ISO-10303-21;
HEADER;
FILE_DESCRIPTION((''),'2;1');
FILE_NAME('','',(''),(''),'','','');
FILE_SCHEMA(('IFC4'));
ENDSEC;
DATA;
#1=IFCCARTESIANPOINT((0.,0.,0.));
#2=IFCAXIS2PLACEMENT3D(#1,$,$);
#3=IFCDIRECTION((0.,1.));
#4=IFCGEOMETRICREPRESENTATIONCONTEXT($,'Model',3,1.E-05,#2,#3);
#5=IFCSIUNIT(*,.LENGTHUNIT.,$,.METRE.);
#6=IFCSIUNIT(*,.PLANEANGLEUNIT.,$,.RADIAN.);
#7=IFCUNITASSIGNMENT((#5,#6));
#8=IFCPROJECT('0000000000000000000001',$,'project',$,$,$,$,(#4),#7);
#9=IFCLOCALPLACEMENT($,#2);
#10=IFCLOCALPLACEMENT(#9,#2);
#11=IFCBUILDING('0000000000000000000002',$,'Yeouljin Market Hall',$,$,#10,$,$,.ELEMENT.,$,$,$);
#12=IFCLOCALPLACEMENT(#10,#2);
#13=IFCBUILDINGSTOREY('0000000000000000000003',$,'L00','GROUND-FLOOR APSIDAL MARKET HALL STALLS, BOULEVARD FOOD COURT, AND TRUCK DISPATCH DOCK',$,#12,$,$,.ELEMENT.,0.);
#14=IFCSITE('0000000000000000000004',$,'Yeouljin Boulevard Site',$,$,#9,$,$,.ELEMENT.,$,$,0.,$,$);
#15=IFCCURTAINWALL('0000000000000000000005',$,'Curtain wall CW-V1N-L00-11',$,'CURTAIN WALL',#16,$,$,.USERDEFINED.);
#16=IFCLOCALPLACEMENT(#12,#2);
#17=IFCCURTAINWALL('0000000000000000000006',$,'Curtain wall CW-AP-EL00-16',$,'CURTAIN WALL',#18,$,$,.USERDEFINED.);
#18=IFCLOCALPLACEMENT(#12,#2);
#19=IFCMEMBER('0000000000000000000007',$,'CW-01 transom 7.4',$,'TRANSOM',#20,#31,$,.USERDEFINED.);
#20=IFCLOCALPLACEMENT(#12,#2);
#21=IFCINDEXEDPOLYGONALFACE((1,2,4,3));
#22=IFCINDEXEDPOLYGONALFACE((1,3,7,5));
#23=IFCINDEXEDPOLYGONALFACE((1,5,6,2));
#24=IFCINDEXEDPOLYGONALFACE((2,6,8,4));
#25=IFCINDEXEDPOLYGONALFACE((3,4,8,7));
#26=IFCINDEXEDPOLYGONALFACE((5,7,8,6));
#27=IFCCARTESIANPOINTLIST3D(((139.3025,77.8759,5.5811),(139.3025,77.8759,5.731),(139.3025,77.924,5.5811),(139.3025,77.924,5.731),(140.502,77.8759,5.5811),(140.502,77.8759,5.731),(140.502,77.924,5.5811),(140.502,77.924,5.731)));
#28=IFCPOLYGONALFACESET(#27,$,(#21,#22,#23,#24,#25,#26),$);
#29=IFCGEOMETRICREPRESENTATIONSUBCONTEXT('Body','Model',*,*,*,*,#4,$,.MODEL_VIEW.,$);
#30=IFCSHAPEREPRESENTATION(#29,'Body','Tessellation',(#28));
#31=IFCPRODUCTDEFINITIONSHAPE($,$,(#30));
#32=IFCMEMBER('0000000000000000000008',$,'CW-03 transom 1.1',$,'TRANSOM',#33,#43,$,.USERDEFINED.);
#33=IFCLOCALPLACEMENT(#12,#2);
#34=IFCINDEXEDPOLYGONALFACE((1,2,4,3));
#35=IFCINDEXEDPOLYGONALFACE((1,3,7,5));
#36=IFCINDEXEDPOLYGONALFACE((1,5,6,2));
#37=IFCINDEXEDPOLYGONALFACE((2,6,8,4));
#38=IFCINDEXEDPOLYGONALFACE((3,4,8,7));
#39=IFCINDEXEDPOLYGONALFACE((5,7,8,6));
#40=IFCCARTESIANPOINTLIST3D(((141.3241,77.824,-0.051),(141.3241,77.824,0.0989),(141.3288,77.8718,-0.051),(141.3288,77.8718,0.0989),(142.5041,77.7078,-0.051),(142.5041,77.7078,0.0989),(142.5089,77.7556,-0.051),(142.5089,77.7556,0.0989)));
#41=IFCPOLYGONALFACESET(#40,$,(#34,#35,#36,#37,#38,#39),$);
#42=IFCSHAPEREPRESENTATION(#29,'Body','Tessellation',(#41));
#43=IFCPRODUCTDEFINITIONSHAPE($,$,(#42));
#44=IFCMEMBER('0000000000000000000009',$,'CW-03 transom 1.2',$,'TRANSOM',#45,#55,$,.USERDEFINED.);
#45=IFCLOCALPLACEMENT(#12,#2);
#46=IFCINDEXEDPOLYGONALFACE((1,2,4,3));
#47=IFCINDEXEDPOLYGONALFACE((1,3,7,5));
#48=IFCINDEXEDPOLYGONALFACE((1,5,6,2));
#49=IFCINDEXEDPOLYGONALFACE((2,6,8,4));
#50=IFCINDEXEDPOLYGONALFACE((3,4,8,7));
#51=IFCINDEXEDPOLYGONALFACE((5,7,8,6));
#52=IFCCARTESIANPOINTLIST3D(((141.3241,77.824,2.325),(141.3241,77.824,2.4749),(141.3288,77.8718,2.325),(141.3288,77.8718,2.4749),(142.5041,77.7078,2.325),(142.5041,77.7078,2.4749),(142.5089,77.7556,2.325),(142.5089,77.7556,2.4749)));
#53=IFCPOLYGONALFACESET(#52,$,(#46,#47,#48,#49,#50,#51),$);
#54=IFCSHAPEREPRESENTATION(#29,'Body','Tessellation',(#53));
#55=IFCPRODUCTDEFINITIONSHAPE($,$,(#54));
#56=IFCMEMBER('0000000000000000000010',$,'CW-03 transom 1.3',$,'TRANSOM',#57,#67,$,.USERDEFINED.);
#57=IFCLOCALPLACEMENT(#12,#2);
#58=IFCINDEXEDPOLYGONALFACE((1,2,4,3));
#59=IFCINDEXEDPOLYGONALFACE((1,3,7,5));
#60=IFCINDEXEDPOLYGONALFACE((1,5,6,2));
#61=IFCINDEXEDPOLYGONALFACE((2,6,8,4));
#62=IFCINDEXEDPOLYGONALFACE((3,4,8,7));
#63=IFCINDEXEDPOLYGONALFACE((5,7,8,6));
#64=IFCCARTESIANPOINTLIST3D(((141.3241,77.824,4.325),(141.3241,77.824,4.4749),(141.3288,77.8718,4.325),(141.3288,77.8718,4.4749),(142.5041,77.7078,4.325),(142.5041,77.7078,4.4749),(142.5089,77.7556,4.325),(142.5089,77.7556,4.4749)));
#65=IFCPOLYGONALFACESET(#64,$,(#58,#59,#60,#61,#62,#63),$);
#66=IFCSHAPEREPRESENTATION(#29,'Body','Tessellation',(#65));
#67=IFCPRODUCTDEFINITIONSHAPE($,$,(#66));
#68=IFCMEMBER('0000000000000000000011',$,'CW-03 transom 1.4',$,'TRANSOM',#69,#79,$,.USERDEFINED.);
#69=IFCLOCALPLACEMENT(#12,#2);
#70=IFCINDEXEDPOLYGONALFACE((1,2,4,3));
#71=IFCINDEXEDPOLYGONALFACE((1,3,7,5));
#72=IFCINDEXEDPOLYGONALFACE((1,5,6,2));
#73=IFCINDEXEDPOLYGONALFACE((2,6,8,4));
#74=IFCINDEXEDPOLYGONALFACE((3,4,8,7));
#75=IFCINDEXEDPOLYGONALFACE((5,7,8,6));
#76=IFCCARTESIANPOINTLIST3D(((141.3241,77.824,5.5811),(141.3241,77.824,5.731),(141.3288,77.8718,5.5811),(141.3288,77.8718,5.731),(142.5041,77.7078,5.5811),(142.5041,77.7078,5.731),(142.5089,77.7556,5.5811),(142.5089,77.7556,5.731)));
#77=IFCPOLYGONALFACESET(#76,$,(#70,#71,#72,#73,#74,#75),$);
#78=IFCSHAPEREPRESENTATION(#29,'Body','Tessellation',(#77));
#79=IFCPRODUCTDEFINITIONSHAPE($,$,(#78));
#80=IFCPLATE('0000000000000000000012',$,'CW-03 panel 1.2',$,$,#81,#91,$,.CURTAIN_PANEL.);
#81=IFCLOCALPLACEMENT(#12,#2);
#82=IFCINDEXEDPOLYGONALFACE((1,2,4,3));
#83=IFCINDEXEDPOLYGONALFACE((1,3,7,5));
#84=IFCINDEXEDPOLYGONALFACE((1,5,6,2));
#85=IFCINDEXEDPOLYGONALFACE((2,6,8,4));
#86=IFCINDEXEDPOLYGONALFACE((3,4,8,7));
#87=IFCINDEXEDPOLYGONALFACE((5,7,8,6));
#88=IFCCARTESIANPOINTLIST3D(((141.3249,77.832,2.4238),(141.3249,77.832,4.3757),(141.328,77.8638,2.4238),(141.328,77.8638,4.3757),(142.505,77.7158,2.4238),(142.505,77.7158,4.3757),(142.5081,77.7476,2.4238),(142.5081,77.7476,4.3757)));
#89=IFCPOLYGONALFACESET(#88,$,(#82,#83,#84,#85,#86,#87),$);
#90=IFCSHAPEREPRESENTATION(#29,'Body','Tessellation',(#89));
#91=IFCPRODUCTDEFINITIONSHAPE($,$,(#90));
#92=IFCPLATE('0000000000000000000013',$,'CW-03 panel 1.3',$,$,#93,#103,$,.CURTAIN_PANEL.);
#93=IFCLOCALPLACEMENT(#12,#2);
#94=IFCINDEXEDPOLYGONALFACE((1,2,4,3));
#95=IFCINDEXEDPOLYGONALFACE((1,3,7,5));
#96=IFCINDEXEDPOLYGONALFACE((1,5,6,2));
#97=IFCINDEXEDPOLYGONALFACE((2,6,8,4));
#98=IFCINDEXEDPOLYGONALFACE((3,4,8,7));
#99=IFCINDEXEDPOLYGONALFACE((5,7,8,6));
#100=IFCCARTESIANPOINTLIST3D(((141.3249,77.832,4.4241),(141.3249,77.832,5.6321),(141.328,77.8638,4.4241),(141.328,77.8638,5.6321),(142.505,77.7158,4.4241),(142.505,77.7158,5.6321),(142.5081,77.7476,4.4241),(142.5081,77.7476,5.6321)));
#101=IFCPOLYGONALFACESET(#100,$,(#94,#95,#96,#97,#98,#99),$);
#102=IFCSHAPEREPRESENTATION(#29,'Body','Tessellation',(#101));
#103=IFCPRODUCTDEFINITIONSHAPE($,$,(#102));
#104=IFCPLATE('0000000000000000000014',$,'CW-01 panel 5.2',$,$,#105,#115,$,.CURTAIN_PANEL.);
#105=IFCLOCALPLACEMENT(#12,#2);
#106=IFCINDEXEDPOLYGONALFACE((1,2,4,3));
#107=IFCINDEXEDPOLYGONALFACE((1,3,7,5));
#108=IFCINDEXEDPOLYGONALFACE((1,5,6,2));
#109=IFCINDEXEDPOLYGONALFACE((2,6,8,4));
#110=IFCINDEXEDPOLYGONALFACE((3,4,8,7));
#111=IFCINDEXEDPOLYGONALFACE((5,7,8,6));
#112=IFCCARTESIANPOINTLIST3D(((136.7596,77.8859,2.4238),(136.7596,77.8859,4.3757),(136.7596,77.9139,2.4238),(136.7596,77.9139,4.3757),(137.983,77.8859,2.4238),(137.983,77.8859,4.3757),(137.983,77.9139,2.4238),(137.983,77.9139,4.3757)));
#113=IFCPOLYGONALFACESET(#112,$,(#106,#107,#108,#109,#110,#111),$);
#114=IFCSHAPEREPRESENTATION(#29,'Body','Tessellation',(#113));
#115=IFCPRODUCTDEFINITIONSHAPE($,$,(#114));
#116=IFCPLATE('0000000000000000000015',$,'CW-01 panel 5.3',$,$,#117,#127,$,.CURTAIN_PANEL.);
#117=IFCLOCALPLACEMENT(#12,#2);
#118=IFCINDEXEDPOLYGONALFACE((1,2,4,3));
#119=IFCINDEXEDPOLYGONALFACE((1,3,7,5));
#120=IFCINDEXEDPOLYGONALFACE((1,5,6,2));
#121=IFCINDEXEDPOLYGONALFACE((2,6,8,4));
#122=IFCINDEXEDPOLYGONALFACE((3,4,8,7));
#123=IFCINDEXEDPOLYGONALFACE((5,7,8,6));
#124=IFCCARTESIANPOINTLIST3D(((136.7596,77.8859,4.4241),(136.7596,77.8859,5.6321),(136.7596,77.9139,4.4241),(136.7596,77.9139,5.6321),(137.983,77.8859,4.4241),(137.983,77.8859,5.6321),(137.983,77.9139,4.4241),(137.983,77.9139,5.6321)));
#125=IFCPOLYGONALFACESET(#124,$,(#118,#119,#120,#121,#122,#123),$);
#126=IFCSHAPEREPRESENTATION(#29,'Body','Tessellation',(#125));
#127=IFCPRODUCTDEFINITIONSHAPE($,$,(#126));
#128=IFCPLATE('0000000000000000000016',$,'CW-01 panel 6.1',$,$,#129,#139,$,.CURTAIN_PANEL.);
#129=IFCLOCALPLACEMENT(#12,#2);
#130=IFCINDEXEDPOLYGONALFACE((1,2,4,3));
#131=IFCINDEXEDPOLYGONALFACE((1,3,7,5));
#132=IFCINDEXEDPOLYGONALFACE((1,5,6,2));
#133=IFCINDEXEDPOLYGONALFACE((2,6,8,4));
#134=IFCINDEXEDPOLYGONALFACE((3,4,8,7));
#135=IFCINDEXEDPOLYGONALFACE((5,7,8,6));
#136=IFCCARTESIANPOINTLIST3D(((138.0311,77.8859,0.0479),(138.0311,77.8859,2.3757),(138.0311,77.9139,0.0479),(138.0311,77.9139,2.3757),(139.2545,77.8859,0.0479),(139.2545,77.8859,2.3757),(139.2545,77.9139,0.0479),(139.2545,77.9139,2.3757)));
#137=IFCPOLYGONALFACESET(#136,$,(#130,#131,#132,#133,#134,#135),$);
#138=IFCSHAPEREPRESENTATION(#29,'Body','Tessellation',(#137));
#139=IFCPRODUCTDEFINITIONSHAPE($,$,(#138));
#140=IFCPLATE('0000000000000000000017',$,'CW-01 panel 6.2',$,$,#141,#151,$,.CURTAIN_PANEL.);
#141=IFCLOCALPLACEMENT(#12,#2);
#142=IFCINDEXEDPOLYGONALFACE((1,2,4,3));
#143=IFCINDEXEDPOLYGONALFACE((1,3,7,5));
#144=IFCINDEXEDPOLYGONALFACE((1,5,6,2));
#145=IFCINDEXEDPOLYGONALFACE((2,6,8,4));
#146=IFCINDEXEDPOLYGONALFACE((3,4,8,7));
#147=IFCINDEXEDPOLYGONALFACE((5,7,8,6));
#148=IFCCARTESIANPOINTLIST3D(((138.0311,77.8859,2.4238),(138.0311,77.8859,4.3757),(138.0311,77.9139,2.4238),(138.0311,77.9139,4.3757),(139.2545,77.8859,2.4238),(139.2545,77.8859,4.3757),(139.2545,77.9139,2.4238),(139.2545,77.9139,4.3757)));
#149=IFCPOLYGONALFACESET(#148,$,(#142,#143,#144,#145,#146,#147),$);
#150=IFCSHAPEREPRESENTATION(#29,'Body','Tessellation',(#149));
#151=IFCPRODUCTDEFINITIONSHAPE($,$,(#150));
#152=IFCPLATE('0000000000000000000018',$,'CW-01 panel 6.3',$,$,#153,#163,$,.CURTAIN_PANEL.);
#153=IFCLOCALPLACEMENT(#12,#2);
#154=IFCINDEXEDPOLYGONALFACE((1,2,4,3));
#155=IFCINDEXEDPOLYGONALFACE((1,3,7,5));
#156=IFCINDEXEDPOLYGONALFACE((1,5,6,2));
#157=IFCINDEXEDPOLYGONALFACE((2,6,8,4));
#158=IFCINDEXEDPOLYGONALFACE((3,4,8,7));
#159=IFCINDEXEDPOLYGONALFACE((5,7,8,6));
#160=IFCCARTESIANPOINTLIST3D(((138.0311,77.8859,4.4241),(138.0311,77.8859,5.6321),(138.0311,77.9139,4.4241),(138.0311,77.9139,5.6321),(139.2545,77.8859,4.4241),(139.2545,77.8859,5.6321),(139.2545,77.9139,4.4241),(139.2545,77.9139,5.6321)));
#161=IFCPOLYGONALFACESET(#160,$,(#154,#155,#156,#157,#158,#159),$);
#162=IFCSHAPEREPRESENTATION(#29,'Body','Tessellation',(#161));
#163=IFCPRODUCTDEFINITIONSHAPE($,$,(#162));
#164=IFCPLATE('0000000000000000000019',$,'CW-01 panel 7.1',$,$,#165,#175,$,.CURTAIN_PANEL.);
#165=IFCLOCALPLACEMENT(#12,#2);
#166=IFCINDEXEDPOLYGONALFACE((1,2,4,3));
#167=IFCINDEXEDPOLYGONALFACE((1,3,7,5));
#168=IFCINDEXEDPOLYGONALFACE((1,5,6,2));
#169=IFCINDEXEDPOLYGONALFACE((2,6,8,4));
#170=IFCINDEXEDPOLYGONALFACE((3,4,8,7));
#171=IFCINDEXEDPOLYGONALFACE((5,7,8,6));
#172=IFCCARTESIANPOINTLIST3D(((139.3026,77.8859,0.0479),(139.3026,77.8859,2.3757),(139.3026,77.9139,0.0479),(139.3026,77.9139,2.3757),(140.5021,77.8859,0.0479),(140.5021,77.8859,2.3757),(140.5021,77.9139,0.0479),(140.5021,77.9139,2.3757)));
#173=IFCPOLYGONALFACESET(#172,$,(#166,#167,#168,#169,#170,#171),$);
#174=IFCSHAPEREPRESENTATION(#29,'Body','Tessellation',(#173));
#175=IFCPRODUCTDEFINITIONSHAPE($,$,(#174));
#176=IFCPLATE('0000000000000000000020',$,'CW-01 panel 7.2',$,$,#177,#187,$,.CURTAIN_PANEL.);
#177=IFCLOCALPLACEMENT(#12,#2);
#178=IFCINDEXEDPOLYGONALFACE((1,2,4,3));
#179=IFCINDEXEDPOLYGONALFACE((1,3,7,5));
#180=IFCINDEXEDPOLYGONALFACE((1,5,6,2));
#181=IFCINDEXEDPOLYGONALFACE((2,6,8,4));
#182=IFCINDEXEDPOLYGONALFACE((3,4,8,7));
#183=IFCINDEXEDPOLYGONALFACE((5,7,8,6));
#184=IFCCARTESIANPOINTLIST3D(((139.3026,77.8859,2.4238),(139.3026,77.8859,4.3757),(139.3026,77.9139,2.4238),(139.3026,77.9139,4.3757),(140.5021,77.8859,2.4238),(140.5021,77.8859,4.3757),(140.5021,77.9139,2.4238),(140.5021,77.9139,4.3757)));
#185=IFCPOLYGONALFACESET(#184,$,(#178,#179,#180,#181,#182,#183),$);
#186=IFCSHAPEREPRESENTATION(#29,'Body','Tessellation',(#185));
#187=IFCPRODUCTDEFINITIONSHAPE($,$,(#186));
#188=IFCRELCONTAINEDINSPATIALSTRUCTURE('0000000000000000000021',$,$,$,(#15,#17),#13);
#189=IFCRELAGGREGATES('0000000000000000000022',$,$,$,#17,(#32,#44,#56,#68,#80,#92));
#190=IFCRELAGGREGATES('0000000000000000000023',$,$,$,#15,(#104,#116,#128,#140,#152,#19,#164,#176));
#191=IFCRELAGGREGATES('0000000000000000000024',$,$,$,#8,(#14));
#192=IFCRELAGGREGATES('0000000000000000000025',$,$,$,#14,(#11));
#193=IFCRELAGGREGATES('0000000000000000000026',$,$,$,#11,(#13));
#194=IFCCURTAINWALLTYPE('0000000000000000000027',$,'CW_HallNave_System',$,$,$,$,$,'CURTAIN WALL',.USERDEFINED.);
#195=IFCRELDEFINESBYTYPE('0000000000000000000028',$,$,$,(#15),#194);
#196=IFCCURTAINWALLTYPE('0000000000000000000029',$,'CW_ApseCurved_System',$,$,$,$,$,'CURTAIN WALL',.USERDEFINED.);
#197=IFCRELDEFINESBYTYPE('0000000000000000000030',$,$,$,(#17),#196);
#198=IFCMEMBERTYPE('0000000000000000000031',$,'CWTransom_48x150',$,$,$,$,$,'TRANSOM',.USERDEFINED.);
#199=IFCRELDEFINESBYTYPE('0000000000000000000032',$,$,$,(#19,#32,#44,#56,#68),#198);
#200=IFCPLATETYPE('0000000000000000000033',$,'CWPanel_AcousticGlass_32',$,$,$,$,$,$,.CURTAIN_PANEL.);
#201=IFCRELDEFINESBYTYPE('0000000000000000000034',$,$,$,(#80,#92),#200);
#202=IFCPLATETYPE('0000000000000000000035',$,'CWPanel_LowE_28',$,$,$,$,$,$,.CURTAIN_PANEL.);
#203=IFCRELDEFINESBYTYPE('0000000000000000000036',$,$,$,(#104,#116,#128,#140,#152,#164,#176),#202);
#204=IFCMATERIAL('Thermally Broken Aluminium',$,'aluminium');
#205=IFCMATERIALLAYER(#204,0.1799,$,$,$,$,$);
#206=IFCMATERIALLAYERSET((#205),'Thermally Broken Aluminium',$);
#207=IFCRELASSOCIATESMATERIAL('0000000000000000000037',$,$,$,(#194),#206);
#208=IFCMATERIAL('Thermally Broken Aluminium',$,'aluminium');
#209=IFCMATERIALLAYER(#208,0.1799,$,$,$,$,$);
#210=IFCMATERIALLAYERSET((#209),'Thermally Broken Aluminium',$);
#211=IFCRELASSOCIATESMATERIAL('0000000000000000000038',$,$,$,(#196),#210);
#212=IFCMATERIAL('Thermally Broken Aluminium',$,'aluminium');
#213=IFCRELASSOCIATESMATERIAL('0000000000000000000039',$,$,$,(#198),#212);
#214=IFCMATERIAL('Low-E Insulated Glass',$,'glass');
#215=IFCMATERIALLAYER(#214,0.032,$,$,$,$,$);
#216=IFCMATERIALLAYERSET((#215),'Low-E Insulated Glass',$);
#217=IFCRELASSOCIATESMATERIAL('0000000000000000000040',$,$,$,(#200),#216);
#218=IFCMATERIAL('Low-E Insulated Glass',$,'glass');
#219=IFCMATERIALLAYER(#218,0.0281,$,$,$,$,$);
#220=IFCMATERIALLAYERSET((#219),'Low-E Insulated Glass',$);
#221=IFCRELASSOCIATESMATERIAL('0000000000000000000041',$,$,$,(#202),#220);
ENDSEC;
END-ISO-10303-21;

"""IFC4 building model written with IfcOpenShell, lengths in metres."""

from ifc_helpers import new_model, si_unit, direction, frame, origin, origin_2d, place, context, subcontext, project, spatial, rectangle, extrude, material, layer, layer_set, material_profile, profile_set, type_object, element, aggregate, save


model = new_model("IFC4")

# Units and contexts
model_context = context("Model", 3, precision=1e-05, world=origin(), true_north=direction((0.0, 1.0)))
body_context = subcontext(model_context, "Body", "Model", "MODEL_VIEW")
ifc_project = project(units=[si_unit("LENGTHUNIT", "METRE"), si_unit("PLANEANGLEUNIT", "RADIAN")], contexts=[model_context])

# Site, building, storey
site_placement = place(None, origin())
site = spatial("IfcSite", under=ifc_project, at=site_placement, Name="Yeouljin Boulevard Site", CompositionType="ELEMENT", RefElevation=0.0)
building_placement = place(site_placement, origin())
building = spatial("IfcBuilding", under=site, at=building_placement, Name="Yeouljin Market Hall", CompositionType="ELEMENT")
storey_placement = place(building_placement, origin())
storey = spatial("IfcBuildingStorey", under=building, at=storey_placement, Name="L00", Description="GROUND-FLOOR APSIDAL MARKET HALL STALLS, BOULEVARD FOOD COURT, AND TRUCK DISPATCH DOCK", CompositionType="ELEMENT", Elevation=0.0)

# Curtain wall
ifc_material_1 = material(Name="Thermally Broken Aluminium", Category="aluminium")
ifc_layer_1 = layer(ifc_material_1, 0.1799)
ifc_layer_set_1 = layer_set([ifc_layer_1], Name="Thermally Broken Aluminium")
curtain_wall_type_1 = type_object("IfcCurtainWallType", Name="CW_HallNave_System", ElementType="CURTAIN WALL", PredefinedType="USERDEFINED", material=ifc_layer_set_1)
curtain_wall_1_placement = place(storey_placement, origin())
curtain_wall_1 = element("IfcCurtainWall", 1, at=curtain_wall_1_placement, inside=storey, type_object=curtain_wall_type_1, Name="Curtain wall CW-V1N-L00-11", ObjectType="CURTAIN WALL", PredefinedType="USERDEFINED")

# Curtain wall
ifc_material_2 = material(Name="Thermally Broken Aluminium", Category="aluminium")
ifc_layer_2 = layer(ifc_material_2, 0.1799)
ifc_layer_set_2 = layer_set([ifc_layer_2], Name="Thermally Broken Aluminium")
curtain_wall_type_2 = type_object("IfcCurtainWallType", Name="CW_ApseCurved_System", ElementType="CURTAIN WALL", PredefinedType="USERDEFINED", material=ifc_layer_set_2)
curtain_wall_2_placement = place(storey_placement, origin())
curtain_wall_2 = element("IfcCurtainWall", 2, at=curtain_wall_2_placement, inside=storey, type_object=curtain_wall_type_2, Name="Curtain wall CW-AP-EL00-16", ObjectType="CURTAIN WALL", PredefinedType="USERDEFINED")

# Members
ifc_material_3 = material(Name="Thermally Broken Aluminium", Category="aluminium")
ifc_material_profile_1 = material_profile(ifc_material_3, rectangle(XDim=0.0481, YDim=0.1499, at=origin_2d()), Name="CW-TRAN-48x150")
ifc_profile_set_1 = profile_set([ifc_material_profile_1], Name="Thermally Broken Aluminium")
member_type_1 = type_object("IfcMemberType", Name="CWTransom_48x150", ElementType="TRANSOM", PredefinedType="USERDEFINED", material=ifc_profile_set_1)
member_1_placement = place(storey_placement, frame((139.3025, 77.8999, 5.656), z_axis=(1.0, 0.0, 0.0), x_axis=(0.0, 1.0, 0.0)))
member_1 = element("IfcMember", 3, at=member_1_placement, type_object=member_type_1, Name="CW-01 transom 7.4", ObjectType="TRANSOM", PredefinedType="USERDEFINED", context=body_context, shape_type="SweptSolid", body=[
    extrude(rectangle(XDim=0.0481, YDim=0.1499, at=origin_2d()), origin(), (0.0, 0.0, 1.0), 1.1995),
])
member_2_placement = place(storey_placement, frame((141.3264, 77.8479, 0.0239), z_axis=(0.995187, -0.097995, 0.0), x_axis=(0.097995, 0.995187, 0.0)))
member_2 = element("IfcMember", 4, at=member_2_placement, type_object=member_type_1, Name="CW-03 transom 1.1", ObjectType="TRANSOM", PredefinedType="USERDEFINED", context=body_context, shape_type="SweptSolid", body=[
    extrude(rectangle(XDim=0.0481, YDim=0.1499, at=origin_2d()), origin(), (0.0, 0.0, 1.0), 1.1858),
])
member_3_placement = place(storey_placement, frame((141.3264, 77.8479, 2.3999), z_axis=(0.995187, -0.097995, 0.0), x_axis=(0.097995, 0.995187, 0.0)))
member_3 = element("IfcMember", 5, at=member_3_placement, type_object=member_type_1, Name="CW-03 transom 1.2", ObjectType="TRANSOM", PredefinedType="USERDEFINED", context=body_context, shape_type="SweptSolid", body=[
    extrude(rectangle(XDim=0.0481, YDim=0.1499, at=origin_2d()), origin(), (0.0, 0.0, 1.0), 1.1858),
])
member_4_placement = place(storey_placement, frame((141.3264, 77.8479, 4.3999), z_axis=(0.995187, -0.097995, 0.0), x_axis=(0.097995, 0.995187, 0.0)))
member_4 = element("IfcMember", 6, at=member_4_placement, type_object=member_type_1, Name="CW-03 transom 1.3", ObjectType="TRANSOM", PredefinedType="USERDEFINED", context=body_context, shape_type="SweptSolid", body=[
    extrude(rectangle(XDim=0.0481, YDim=0.1499, at=origin_2d()), origin(), (0.0, 0.0, 1.0), 1.1858),
])
member_5_placement = place(storey_placement, frame((141.3264, 77.8479, 5.656), z_axis=(0.995187, -0.097995, 0.0), x_axis=(0.097995, 0.995187, 0.0)))
member_5 = element("IfcMember", 7, at=member_5_placement, type_object=member_type_1, Name="CW-03 transom 1.4", ObjectType="TRANSOM", PredefinedType="USERDEFINED", context=body_context, shape_type="SweptSolid", body=[
    extrude(rectangle(XDim=0.0481, YDim=0.1499, at=origin_2d()), origin(), (0.0, 0.0, 1.0), 1.1858),
])

# Plates
ifc_material_4 = material(Name="Low-E Insulated Glass", Category="glass")
ifc_layer_3 = layer(ifc_material_4, 0.032)
ifc_layer_set_3 = layer_set([ifc_layer_3], Name="Low-E Insulated Glass")
plate_type_1 = type_object("IfcPlateType", Name="CWPanel_AcousticGlass_32", PredefinedType="CURTAIN_PANEL", material=ifc_layer_set_3)
plate_1_placement = place(storey_placement, frame((141.9165, 77.7898, 2.4238), z_axis=(0.0, 0.0, 1.0), x_axis=(0.995183, -0.098034, 0.0)))
plate_1 = element("IfcPlate", 8, at=plate_1_placement, type_object=plate_type_1, Name="CW-03 panel 1.2", PredefinedType="CURTAIN_PANEL", context=body_context, shape_type="SweptSolid", body=[
    extrude(rectangle(XDim=1.1858, YDim=0.032, at=origin_2d()), origin(), (0.0, 0.0, 1.0), 1.9519),
])
plate_2_placement = place(storey_placement, frame((141.9165, 77.7898, 4.4241), z_axis=(0.0, 0.0, 1.0), x_axis=(0.995183, -0.098034, 0.0)))
plate_2 = element("IfcPlate", 9, at=plate_2_placement, type_object=plate_type_1, Name="CW-03 panel 1.3", PredefinedType="CURTAIN_PANEL", context=body_context, shape_type="SweptSolid", body=[
    extrude(rectangle(XDim=1.1858, YDim=0.032, at=origin_2d()), origin(), (0.0, 0.0, 1.0), 1.208),
])
aggregate(curtain_wall_2, [member_2, member_3, member_4, member_5, plate_1, plate_2])
ifc_material_5 = material(Name="Low-E Insulated Glass", Category="glass")
ifc_layer_4 = layer(ifc_material_5, 0.0281)
ifc_layer_set_4 = layer_set([ifc_layer_4], Name="Low-E Insulated Glass")
plate_type_2 = type_object("IfcPlateType", Name="CWPanel_LowE_28", PredefinedType="CURTAIN_PANEL", material=ifc_layer_set_4)
plate_3_placement = place(storey_placement, frame((137.3713, 77.8999, 2.4238), z_axis=(0.0, 0.0, 1.0), x_axis=(1.0, 0.0, 0.0)))
plate_3 = element("IfcPlate", 10, at=plate_3_placement, type_object=plate_type_2, Name="CW-01 panel 5.2", PredefinedType="CURTAIN_PANEL", context=body_context, shape_type="SweptSolid", body=[
    extrude(rectangle(XDim=1.2234, YDim=0.0281, at=origin_2d()), origin(), (0.0, 0.0, 1.0), 1.9519),
])
plate_4_placement = place(storey_placement, frame((137.3713, 77.8999, 4.4241), z_axis=(0.0, 0.0, 1.0), x_axis=(1.0, 0.0, 0.0)))
plate_4 = element("IfcPlate", 11, at=plate_4_placement, type_object=plate_type_2, Name="CW-01 panel 5.3", PredefinedType="CURTAIN_PANEL", context=body_context, shape_type="SweptSolid", body=[
    extrude(rectangle(XDim=1.2234, YDim=0.0281, at=origin_2d()), origin(), (0.0, 0.0, 1.0), 1.208),
])
plate_5_placement = place(storey_placement, frame((138.6428, 77.8999, 0.0479), z_axis=(0.0, 0.0, 1.0), x_axis=(1.0, 0.0, 0.0)))
plate_5 = element("IfcPlate", 12, at=plate_5_placement, type_object=plate_type_2, Name="CW-01 panel 6.1", PredefinedType="CURTAIN_PANEL", context=body_context, shape_type="SweptSolid", body=[
    extrude(rectangle(XDim=1.2234, YDim=0.0281, at=origin_2d()), origin(), (0.0, 0.0, 1.0), 2.3279),
])
plate_6_placement = place(storey_placement, frame((138.6428, 77.8999, 2.4238), z_axis=(0.0, 0.0, 1.0), x_axis=(1.0, 0.0, 0.0)))
plate_6 = element("IfcPlate", 13, at=plate_6_placement, type_object=plate_type_2, Name="CW-01 panel 6.2", PredefinedType="CURTAIN_PANEL", context=body_context, shape_type="SweptSolid", body=[
    extrude(rectangle(XDim=1.2234, YDim=0.0281, at=origin_2d()), origin(), (0.0, 0.0, 1.0), 1.9519),
])
plate_7_placement = place(storey_placement, frame((138.6428, 77.8999, 4.4241), z_axis=(0.0, 0.0, 1.0), x_axis=(1.0, 0.0, 0.0)))
plate_7 = element("IfcPlate", 14, at=plate_7_placement, type_object=plate_type_2, Name="CW-01 panel 6.3", PredefinedType="CURTAIN_PANEL", context=body_context, shape_type="SweptSolid", body=[
    extrude(rectangle(XDim=1.2234, YDim=0.0281, at=origin_2d()), origin(), (0.0, 0.0, 1.0), 1.208),
])
plate_8_placement = place(storey_placement, frame((139.9023, 77.8999, 0.0479), z_axis=(0.0, 0.0, 1.0), x_axis=(1.0, 0.0, 0.0)))
plate_8 = element("IfcPlate", 15, at=plate_8_placement, type_object=plate_type_2, Name="CW-01 panel 7.1", PredefinedType="CURTAIN_PANEL", context=body_context, shape_type="SweptSolid", body=[
    extrude(rectangle(XDim=1.1995, YDim=0.0281, at=origin_2d()), origin(), (0.0, 0.0, 1.0), 2.3279),
])
plate_9_placement = place(storey_placement, frame((139.9023, 77.8999, 2.4238), z_axis=(0.0, 0.0, 1.0), x_axis=(1.0, 0.0, 0.0)))
plate_9 = element("IfcPlate", 16, at=plate_9_placement, type_object=plate_type_2, Name="CW-01 panel 7.2", PredefinedType="CURTAIN_PANEL", context=body_context, shape_type="SweptSolid", body=[
    extrude(rectangle(XDim=1.1995, YDim=0.0281, at=origin_2d()), origin(), (0.0, 0.0, 1.0), 1.9519),
])
aggregate(curtain_wall_1, [plate_3, plate_4, plate_5, plate_6, plate_7, member_1, plate_8, plate_9])

save(model, "model.ifc")
